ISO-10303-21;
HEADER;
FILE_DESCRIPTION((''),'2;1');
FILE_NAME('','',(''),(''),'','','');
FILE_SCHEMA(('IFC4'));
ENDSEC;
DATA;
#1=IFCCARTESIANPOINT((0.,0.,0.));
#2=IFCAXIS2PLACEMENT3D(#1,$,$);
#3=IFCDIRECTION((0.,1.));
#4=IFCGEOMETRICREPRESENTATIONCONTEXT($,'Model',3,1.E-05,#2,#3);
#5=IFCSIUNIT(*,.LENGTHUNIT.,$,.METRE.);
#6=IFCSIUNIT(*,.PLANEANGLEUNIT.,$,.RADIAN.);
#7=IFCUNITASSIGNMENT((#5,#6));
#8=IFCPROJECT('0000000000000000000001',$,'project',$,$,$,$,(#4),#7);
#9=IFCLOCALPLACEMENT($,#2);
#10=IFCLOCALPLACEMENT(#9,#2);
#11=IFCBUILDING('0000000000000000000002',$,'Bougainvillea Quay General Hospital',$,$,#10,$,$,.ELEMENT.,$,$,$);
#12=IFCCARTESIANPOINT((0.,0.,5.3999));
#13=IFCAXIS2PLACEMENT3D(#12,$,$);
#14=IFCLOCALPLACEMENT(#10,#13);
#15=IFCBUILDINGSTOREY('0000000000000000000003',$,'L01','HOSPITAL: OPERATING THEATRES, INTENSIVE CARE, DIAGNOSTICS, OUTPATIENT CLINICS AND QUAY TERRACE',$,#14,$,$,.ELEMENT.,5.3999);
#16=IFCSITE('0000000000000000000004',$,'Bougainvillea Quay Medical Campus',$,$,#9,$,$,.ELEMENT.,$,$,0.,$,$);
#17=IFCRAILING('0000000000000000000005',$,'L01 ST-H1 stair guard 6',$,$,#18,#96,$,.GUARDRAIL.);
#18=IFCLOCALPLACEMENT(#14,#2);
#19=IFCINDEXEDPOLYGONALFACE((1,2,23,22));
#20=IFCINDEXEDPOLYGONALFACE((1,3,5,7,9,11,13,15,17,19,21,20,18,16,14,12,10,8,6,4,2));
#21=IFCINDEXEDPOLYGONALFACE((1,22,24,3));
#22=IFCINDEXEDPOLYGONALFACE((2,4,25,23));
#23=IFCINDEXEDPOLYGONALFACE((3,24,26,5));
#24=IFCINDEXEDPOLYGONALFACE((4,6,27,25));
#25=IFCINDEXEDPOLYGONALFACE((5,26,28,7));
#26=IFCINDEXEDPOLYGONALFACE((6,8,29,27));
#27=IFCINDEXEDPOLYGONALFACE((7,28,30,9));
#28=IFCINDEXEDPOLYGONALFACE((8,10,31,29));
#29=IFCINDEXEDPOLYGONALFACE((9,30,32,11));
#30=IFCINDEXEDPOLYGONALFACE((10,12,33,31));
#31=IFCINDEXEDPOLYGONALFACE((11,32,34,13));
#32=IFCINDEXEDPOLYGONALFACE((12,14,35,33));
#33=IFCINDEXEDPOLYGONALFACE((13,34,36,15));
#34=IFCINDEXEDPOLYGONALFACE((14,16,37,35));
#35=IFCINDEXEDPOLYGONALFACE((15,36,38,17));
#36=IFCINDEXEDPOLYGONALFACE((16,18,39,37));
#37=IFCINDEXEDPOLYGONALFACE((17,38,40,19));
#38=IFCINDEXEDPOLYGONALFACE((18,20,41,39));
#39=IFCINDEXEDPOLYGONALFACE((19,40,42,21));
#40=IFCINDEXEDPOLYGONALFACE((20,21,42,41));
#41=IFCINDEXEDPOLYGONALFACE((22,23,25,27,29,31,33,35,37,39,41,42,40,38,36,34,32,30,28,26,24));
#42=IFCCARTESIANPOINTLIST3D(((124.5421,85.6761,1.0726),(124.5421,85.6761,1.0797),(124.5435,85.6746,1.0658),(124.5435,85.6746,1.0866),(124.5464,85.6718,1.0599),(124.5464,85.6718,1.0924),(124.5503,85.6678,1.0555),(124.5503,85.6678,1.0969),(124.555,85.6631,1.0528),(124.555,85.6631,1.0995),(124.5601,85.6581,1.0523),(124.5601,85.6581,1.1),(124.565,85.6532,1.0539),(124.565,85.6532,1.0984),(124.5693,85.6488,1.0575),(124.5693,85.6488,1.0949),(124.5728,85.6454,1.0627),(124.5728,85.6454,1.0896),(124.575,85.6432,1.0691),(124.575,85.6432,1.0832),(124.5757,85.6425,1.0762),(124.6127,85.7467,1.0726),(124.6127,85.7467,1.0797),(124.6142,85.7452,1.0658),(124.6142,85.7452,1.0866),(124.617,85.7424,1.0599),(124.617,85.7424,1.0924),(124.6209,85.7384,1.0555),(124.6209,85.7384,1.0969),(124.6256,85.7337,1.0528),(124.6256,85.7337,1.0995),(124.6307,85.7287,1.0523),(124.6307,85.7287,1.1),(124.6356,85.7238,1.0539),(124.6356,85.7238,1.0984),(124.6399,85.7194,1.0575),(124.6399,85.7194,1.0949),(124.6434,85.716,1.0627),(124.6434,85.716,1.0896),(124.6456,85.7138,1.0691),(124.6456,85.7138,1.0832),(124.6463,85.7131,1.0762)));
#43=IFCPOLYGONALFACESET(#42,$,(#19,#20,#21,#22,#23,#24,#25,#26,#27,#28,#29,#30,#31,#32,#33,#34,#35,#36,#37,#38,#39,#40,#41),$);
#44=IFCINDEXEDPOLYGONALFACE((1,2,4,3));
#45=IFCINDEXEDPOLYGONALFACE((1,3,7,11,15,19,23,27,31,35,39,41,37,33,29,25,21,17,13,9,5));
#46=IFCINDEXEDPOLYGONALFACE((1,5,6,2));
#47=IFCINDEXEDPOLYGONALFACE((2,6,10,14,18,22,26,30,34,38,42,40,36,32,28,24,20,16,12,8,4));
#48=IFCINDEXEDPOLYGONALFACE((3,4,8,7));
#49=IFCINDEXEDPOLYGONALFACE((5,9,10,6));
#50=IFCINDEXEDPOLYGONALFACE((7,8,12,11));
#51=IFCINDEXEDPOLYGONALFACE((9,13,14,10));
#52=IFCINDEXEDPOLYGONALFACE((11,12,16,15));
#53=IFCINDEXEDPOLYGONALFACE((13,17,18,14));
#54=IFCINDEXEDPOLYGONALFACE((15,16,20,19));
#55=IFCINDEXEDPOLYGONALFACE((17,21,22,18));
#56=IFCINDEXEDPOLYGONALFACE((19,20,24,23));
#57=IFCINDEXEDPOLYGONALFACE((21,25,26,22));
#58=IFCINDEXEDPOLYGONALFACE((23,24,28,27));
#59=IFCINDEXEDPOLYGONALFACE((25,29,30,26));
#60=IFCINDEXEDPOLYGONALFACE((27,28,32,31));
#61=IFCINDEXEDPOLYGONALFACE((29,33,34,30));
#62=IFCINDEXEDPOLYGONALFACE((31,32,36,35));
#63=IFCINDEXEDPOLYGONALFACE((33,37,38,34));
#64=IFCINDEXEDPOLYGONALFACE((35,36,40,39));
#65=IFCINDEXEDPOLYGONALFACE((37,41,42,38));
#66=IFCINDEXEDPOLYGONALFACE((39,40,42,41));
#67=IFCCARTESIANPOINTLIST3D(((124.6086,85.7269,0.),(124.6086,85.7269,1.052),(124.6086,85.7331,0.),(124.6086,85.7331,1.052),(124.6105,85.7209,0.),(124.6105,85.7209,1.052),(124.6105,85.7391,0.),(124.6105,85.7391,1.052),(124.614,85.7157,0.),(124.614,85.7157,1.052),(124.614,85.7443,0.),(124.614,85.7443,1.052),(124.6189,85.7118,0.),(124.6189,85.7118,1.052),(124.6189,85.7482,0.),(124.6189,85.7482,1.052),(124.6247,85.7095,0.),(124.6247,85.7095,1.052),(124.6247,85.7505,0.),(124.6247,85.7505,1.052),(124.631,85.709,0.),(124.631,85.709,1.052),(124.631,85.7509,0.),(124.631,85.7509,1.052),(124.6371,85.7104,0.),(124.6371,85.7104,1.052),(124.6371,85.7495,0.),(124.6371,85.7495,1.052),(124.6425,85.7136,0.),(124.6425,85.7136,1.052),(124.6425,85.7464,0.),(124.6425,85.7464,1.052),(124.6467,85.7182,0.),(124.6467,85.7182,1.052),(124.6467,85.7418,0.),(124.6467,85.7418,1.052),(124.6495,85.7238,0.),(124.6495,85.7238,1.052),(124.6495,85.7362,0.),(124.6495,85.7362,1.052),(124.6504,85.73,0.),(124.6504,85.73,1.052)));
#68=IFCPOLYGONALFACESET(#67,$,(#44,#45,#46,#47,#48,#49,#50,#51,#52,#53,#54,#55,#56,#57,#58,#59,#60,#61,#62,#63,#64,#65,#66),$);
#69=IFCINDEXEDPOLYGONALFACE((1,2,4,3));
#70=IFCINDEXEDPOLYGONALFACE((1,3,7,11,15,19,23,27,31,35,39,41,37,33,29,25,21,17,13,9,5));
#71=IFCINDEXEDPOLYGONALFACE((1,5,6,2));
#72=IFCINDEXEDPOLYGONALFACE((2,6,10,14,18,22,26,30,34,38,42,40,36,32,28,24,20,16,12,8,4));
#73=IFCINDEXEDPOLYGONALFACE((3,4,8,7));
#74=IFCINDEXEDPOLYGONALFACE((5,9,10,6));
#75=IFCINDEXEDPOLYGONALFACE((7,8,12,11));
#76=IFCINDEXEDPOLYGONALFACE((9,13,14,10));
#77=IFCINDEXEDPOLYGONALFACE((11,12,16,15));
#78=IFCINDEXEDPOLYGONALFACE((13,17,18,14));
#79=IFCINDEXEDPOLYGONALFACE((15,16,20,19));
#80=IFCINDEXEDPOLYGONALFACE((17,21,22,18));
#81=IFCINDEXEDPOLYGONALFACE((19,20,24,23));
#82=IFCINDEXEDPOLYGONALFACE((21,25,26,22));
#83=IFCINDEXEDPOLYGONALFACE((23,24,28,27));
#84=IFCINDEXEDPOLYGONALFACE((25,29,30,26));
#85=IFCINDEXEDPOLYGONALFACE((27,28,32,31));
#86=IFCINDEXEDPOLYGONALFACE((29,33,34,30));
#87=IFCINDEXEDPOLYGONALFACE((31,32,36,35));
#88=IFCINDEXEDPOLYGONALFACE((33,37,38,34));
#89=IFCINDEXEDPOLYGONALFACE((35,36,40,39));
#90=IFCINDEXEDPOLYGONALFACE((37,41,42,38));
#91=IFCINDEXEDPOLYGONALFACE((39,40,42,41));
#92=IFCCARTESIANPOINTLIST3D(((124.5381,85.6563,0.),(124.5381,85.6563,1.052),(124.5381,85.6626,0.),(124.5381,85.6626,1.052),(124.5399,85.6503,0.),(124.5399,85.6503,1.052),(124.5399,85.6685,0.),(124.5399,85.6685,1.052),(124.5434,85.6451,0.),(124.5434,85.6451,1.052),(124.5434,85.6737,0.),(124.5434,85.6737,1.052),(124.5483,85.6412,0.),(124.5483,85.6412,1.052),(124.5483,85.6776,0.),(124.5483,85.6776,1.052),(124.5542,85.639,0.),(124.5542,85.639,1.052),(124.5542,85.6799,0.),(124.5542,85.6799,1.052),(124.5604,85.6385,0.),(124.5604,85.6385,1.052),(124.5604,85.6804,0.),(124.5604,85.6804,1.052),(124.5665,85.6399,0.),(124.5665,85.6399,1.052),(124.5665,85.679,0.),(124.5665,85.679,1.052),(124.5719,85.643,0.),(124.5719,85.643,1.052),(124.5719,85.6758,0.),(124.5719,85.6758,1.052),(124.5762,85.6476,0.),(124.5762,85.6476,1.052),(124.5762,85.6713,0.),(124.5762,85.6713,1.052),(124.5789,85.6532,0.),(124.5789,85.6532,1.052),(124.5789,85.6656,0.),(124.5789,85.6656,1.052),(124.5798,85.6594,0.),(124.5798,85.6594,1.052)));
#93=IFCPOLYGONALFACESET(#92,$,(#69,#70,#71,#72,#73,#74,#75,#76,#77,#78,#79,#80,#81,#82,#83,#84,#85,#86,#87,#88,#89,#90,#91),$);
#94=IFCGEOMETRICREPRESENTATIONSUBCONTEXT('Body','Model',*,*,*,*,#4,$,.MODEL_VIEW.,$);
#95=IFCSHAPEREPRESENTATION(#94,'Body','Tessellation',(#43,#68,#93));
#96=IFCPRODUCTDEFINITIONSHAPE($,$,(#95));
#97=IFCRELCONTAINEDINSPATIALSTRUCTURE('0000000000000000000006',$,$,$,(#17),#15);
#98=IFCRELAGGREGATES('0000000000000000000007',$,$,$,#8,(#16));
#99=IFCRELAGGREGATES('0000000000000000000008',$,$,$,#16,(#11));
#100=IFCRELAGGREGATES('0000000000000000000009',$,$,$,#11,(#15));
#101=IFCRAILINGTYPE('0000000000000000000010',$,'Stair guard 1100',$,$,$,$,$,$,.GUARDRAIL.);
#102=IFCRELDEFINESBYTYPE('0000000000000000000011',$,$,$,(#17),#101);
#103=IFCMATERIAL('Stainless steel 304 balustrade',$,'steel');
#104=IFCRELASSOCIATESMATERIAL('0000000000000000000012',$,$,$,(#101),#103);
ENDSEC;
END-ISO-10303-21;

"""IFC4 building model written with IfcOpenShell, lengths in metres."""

from ifc_helpers import new_model, si_unit, direction, frame, origin, origin_2d, place, context, subcontext, project, spatial, circle, extrude, material, type_object, element, save


model = new_model("IFC4")

# Units and contexts
model_context = context("Model", 3, precision=1e-05, world=origin(), true_north=direction((0.0, 1.0)))
body_context = subcontext(model_context, "Body", "Model", "MODEL_VIEW")
ifc_project = project(units=[si_unit("LENGTHUNIT", "METRE"), si_unit("PLANEANGLEUNIT", "RADIAN")], contexts=[model_context])

# Site, building, storey
site_placement = place(None, origin())
site = spatial("IfcSite", under=ifc_project, at=site_placement, Name="Bougainvillea Quay Medical Campus", CompositionType="ELEMENT", RefElevation=0.0)
building_placement = place(site_placement, origin())
building = spatial("IfcBuilding", under=site, at=building_placement, Name="Bougainvillea Quay General Hospital", CompositionType="ELEMENT")
storey_placement = place(building_placement, frame((0.0, 0.0, 5.3999)))
storey = spatial("IfcBuildingStorey", under=building, at=storey_placement, Name="L01", Description="HOSPITAL: OPERATING THEATRES, INTENSIVE CARE, DIAGNOSTICS, OUTPATIENT CLINICS AND QUAY TERRACE", CompositionType="ELEMENT", Elevation=5.3999)

# Railing
ifc_material_1 = material(Name="Stainless steel 304 balustrade", Category="steel")
railing_type = type_object("IfcRailingType", Name="Stair guard 1100", PredefinedType="GUARDRAIL", material=ifc_material_1)
railing_1_placement = place(storey_placement, frame((124.6294, 85.73, 0.0)))
element("IfcRailing", 1, at=railing_1_placement, inside=storey, type_object=railing_type, Name="L01 ST-H1 stair guard 6", PredefinedType="GUARDRAIL", context=body_context, shape_type="SweptSolid", body=[
    extrude(circle(Radius=0.0239, at=origin_2d()), frame((0.0, 0.0, 1.0762), z_axis=(-0.707107, -0.707107, 0.0), x_axis=(0.707107, -0.707107, 0.0)), (0.0, 0.0, 1.0), 0.0999),
    extrude(circle(Radius=0.021, at=origin_2d()), origin(), (0.0, 0.0, 1.0), 1.052),
    extrude(circle(Radius=0.021, at=origin_2d()), frame((-0.0706, -0.0706, 0.0)), (0.0, 0.0, 1.0), 1.052),
])

save(model, "model.ifc")
